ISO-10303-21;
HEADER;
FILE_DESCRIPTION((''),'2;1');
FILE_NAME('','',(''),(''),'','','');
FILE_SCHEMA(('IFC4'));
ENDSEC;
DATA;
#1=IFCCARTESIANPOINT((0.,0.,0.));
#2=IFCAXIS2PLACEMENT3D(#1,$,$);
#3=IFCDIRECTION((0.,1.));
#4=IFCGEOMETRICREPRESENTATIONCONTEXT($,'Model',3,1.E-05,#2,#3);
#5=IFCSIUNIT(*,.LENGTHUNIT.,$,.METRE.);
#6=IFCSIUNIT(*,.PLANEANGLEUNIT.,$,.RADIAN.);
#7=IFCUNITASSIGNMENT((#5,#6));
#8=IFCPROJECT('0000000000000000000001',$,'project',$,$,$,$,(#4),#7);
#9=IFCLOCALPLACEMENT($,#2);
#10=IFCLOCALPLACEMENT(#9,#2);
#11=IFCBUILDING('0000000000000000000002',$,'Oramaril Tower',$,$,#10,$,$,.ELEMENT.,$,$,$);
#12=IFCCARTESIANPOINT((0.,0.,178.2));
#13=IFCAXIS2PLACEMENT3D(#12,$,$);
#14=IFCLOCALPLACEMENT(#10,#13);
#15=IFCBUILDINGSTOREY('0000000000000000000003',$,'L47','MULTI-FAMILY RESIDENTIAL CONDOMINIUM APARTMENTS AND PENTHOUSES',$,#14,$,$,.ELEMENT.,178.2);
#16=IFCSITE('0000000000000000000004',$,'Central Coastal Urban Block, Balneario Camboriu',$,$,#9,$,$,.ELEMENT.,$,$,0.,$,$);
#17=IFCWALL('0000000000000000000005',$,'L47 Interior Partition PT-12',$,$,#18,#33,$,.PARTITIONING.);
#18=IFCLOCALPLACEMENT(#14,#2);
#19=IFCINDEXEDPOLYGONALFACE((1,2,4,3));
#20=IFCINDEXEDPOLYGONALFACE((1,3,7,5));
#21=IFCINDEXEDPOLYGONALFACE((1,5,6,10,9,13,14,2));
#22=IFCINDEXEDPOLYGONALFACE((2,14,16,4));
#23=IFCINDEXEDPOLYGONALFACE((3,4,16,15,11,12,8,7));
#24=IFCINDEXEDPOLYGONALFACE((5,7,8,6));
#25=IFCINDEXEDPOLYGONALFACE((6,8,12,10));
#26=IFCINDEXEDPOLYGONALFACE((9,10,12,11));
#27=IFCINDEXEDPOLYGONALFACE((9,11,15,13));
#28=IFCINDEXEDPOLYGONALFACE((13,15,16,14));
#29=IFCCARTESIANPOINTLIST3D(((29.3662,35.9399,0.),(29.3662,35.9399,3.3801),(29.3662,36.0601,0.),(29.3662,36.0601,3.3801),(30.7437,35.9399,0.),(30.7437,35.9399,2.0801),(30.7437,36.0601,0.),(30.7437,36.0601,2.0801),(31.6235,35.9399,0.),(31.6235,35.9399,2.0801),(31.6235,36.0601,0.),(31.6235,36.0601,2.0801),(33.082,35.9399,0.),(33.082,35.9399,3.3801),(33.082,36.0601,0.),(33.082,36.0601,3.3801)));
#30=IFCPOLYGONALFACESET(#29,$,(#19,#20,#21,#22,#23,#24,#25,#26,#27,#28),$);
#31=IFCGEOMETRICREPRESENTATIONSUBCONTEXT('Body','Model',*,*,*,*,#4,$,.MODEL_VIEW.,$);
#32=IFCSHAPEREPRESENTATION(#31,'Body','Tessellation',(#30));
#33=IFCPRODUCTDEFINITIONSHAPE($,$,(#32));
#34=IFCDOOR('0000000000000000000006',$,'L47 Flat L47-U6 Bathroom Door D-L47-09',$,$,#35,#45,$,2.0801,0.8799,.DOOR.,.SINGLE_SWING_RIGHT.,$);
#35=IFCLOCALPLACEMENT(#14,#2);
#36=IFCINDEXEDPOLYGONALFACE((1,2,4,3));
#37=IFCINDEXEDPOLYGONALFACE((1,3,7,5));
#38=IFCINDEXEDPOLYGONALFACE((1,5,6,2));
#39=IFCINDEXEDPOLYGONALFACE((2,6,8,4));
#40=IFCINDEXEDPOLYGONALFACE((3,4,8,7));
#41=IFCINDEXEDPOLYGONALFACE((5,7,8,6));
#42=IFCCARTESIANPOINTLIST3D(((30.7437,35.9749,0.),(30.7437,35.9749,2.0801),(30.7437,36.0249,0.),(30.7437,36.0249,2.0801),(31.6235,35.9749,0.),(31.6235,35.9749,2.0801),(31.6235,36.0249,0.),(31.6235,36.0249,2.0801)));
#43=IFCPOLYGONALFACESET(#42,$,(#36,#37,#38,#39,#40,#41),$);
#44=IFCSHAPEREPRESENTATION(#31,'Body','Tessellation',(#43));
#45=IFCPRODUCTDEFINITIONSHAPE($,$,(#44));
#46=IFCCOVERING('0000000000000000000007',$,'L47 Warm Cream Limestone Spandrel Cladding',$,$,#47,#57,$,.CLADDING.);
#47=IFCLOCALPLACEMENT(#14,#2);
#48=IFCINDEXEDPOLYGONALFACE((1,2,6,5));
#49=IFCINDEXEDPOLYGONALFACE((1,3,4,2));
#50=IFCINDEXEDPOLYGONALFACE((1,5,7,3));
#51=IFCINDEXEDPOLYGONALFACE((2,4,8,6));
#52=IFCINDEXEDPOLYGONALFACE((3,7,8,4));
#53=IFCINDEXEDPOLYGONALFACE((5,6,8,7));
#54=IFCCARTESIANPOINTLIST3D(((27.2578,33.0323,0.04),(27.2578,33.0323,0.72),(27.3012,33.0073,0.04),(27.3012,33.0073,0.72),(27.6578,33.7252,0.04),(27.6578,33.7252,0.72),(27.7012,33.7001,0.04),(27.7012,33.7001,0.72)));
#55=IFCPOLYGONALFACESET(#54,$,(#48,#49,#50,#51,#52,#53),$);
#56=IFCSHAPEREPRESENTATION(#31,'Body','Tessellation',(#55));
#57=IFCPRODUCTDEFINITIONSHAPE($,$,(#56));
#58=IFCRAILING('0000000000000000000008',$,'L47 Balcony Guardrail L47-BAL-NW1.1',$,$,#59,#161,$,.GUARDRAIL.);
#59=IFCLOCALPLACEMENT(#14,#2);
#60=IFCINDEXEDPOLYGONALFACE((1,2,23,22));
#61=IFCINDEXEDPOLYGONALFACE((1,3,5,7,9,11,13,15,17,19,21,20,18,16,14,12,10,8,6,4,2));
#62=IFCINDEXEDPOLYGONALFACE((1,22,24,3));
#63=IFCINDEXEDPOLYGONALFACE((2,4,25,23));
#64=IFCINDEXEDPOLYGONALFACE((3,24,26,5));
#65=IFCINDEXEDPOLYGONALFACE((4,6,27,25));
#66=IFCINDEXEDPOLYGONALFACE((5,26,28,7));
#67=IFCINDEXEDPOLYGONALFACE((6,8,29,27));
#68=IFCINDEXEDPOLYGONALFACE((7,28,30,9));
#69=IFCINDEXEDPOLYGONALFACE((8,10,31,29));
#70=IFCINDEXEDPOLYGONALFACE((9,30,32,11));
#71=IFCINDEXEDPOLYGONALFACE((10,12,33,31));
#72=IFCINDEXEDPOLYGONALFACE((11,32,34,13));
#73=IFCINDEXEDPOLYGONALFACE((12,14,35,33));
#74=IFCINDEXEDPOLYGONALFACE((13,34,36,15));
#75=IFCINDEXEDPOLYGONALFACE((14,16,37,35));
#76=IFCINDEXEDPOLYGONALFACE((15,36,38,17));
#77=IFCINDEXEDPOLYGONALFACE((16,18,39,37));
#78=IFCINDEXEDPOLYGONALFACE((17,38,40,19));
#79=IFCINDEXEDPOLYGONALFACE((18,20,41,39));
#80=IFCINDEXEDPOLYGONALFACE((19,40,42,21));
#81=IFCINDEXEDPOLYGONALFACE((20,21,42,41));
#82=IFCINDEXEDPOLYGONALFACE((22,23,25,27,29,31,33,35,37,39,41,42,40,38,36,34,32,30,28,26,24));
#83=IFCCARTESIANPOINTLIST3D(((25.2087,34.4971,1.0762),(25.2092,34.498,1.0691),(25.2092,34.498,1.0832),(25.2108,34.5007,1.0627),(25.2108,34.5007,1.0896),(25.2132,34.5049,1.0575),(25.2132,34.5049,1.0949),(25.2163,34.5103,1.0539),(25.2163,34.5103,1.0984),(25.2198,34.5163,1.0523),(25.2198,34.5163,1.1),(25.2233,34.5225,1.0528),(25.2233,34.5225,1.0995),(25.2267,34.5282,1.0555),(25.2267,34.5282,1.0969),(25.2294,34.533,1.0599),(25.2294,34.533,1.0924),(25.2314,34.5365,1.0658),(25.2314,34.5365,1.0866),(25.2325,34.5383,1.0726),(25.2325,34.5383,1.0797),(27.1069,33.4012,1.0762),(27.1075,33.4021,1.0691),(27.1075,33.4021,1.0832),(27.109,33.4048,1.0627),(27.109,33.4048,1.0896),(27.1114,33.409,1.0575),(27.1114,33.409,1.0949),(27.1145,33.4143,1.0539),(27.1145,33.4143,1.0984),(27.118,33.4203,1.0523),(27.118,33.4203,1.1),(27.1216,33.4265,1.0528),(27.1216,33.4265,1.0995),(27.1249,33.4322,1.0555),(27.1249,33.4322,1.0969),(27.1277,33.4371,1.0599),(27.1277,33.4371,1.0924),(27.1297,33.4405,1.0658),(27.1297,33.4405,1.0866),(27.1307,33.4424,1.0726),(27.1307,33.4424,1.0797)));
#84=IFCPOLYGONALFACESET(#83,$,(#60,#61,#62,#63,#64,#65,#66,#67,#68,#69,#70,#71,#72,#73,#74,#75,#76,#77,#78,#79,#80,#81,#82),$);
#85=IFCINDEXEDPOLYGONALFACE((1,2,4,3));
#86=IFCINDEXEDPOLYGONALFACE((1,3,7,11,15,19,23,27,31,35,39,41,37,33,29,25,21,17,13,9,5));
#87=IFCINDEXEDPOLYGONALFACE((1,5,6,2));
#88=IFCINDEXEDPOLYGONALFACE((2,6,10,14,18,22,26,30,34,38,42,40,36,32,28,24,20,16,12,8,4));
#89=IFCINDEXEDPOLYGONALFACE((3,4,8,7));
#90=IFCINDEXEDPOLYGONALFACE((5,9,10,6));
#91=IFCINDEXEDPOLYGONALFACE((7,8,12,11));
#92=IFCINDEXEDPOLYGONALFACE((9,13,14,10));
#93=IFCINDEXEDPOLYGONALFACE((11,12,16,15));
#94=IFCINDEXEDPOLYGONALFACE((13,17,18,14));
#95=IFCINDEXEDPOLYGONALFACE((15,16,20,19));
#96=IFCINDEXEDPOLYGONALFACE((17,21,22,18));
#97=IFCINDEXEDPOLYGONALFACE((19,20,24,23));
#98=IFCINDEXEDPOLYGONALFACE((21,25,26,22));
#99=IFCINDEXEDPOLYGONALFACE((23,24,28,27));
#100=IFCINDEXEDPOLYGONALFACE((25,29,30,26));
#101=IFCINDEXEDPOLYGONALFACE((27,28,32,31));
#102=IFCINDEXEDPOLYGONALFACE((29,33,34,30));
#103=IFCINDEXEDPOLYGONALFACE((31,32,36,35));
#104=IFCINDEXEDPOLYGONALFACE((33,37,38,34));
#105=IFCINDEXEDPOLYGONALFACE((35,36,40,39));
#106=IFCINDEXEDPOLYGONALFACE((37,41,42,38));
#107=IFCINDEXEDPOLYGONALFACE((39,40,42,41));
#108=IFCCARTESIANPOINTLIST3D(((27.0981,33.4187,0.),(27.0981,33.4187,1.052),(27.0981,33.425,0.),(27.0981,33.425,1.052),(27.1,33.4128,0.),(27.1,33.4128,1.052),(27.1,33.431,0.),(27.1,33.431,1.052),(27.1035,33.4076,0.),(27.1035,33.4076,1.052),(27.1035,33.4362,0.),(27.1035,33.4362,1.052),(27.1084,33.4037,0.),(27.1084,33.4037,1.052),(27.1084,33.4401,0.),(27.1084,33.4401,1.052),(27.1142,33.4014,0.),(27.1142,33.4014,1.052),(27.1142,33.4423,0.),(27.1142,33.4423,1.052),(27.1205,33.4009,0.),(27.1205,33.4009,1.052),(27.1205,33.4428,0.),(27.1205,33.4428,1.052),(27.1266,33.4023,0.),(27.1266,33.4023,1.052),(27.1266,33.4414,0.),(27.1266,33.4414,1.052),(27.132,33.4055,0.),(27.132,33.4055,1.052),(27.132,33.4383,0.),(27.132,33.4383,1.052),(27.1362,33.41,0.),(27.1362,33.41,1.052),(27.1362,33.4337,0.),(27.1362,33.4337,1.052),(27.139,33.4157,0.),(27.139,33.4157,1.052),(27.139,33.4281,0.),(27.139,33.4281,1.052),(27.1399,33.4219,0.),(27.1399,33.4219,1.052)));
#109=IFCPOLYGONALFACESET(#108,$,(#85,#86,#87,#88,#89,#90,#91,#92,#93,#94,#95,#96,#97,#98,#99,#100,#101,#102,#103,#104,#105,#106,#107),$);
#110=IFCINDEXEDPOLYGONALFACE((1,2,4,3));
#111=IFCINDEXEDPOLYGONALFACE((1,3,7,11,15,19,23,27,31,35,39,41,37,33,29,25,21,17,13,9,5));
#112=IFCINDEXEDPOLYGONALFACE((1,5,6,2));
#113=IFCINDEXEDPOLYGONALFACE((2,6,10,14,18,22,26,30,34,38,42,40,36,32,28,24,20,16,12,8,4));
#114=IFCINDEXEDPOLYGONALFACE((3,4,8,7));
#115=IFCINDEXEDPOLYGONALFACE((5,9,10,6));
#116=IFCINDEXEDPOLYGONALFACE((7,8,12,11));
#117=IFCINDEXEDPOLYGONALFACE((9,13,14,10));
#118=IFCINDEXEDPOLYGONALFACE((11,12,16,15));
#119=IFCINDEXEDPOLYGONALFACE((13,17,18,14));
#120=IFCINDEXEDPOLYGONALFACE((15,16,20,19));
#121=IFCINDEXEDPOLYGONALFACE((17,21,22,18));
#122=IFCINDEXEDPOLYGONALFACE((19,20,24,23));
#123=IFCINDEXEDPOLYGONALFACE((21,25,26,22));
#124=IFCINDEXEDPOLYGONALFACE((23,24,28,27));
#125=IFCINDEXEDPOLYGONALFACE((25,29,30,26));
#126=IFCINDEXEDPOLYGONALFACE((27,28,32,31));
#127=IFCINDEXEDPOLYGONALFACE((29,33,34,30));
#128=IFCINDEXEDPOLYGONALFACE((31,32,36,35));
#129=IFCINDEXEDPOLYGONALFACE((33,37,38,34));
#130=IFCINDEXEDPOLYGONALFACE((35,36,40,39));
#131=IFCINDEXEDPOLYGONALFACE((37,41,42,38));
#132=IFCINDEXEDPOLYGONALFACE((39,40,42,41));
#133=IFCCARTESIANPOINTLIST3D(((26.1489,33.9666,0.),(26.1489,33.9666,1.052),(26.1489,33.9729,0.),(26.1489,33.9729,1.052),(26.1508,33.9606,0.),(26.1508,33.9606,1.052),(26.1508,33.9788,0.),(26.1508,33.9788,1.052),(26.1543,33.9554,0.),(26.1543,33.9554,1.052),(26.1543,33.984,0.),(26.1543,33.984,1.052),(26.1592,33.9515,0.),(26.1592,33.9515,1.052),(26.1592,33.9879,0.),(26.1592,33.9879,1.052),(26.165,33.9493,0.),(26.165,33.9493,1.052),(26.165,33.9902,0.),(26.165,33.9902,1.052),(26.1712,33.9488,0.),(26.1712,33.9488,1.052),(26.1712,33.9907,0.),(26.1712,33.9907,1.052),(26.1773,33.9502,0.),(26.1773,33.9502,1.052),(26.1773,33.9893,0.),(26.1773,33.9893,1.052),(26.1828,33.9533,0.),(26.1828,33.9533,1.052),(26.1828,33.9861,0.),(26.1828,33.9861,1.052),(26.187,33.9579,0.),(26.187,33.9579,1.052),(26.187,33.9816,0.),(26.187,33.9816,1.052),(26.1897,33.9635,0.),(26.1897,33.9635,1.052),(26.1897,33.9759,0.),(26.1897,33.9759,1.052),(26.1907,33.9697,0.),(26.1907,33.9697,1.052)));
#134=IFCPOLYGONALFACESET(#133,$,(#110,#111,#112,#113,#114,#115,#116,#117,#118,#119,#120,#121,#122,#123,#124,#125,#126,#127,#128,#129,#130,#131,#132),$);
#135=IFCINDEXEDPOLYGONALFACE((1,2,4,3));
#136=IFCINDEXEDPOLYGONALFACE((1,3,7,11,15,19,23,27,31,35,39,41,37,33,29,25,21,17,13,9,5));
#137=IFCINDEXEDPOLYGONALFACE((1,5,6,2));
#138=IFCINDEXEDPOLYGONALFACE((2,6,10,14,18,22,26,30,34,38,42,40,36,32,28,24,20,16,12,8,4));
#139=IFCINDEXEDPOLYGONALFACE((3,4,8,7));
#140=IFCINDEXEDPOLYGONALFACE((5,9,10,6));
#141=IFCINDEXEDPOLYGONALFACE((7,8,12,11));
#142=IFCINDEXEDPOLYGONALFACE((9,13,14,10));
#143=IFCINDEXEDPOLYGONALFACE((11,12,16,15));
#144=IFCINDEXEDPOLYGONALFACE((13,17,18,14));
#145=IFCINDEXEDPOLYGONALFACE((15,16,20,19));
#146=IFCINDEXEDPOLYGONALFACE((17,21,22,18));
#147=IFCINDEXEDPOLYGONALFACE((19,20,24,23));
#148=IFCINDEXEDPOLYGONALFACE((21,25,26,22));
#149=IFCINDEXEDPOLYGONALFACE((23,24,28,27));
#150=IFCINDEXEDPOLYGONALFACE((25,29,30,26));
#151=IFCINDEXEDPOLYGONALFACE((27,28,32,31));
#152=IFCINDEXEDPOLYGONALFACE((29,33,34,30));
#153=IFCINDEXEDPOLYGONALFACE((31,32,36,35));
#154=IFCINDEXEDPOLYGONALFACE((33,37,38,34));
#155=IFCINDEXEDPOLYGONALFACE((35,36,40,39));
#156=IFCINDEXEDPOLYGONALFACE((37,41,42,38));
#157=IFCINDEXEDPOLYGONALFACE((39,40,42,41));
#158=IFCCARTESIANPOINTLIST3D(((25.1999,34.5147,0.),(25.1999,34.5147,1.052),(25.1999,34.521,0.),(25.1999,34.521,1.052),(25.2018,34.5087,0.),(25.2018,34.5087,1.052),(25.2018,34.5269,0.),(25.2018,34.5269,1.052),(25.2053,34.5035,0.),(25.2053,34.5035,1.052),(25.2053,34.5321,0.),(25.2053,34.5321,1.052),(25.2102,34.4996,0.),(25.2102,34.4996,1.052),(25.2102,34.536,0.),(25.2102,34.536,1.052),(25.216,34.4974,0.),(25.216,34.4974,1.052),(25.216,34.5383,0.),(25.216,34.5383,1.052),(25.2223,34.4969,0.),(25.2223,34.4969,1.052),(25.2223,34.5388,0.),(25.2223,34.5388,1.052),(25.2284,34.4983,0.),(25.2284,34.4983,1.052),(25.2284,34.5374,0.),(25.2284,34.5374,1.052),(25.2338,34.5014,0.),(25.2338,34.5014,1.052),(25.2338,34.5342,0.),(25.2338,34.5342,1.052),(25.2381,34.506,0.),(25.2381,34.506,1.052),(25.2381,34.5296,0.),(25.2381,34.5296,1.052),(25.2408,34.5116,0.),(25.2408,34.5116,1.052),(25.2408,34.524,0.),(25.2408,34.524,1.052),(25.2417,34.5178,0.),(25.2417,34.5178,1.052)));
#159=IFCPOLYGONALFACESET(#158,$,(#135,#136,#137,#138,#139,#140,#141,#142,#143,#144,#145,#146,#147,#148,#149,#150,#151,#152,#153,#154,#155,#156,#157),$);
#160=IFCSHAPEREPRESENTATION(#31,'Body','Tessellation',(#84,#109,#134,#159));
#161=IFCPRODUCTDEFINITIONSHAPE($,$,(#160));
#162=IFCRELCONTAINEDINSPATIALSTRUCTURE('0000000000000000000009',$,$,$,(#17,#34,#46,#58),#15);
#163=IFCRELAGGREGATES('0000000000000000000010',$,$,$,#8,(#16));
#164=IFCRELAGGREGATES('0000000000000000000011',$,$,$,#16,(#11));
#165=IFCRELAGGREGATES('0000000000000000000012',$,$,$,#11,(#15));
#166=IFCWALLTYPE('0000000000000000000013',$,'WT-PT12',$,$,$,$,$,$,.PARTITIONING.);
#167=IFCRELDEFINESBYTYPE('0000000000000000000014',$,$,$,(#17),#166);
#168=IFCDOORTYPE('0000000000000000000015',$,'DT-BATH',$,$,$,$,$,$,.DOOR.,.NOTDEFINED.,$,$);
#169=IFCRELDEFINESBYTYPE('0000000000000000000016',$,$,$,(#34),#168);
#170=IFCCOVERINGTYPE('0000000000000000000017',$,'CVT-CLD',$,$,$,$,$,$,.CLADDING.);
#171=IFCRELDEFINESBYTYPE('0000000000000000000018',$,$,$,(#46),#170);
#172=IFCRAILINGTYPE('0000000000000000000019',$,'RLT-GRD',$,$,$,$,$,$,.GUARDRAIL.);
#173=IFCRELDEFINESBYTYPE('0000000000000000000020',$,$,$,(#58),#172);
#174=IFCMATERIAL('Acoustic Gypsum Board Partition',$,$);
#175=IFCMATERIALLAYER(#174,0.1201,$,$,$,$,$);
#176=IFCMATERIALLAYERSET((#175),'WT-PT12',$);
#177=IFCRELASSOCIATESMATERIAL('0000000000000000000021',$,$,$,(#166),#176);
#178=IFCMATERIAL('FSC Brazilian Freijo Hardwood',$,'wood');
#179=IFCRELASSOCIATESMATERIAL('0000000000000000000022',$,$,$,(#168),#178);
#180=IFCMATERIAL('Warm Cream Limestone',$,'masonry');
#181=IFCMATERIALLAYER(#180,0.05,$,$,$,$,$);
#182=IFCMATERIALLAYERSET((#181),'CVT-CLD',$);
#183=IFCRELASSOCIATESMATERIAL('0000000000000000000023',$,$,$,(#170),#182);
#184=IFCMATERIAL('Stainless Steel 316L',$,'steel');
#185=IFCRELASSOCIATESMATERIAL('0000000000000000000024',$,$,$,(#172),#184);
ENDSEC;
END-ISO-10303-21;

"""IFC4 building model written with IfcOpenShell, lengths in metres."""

from ifc_helpers import new_model, si_unit, direction, frame, frame_2d, origin, origin_2d, place, context, subcontext, project, spatial, rectangle, circle, extrude, material, layer, layer_set, type_object, element, fill, save


model = new_model("IFC4")

# Units and contexts
model_context = context("Model", 3, precision=1e-05, world=origin(), true_north=direction((0.0, 1.0)))
body_context = subcontext(model_context, "Body", "Model", "MODEL_VIEW")
ifc_project = project(units=[si_unit("LENGTHUNIT", "METRE"), si_unit("PLANEANGLEUNIT", "RADIAN")], contexts=[model_context])

# Site, building, storey
site_placement = place(None, origin())
site = spatial("IfcSite", under=ifc_project, at=site_placement, Name="Central Coastal Urban Block, Balneario Camboriu", CompositionType="ELEMENT", RefElevation=0.0)
building_placement = place(site_placement, origin())
building = spatial("IfcBuilding", under=site, at=building_placement, Name="Oramaril Tower", CompositionType="ELEMENT")
storey_placement = place(building_placement, frame((0.0, 0.0, 178.2)))
storey = spatial("IfcBuildingStorey", under=building, at=storey_placement, Name="L47", Description="MULTI-FAMILY RESIDENTIAL CONDOMINIUM APARTMENTS AND PENTHOUSES", CompositionType="ELEMENT", Elevation=178.2)

# Wall, opening, door
ifc_material_1 = material(Name="Acoustic Gypsum Board Partition")
ifc_layer_1 = layer(ifc_material_1, 0.1201)
ifc_layer_set_1 = layer_set([ifc_layer_1], Name="WT-PT12")
wall_type_1 = type_object("IfcWallType", Name="WT-PT12", PredefinedType="PARTITIONING", material=ifc_layer_set_1)
wall_1_placement = place(storey_placement, frame((29.3662, 36.0, 0.0), z_axis=(0.0, 0.0, 1.0), x_axis=(1.0, 0.0, 0.0)))
wall_1 = element("IfcWall", 1, at=wall_1_placement, inside=storey, type_object=wall_type_1, Name="L47 Interior Partition PT-12", PredefinedType="PARTITIONING", context=body_context, shape_type="SweptSolid", body=[
    extrude(rectangle(XDim=3.7158, YDim=0.1201, at=frame_2d((1.8579, 0.0))), origin(), (0.0, 0.0, 1.0), 3.3801),
])
opening_placement = place(wall_1_placement, frame((1.3774, 0.0, 0.0)))
opening = element("IfcOpeningElement", 2, at=opening_placement, cuts=wall_1, PredefinedType="OPENING", context=body_context, shape_type="SweptSolid", body=[
    extrude(rectangle(XDim=0.8799, YDim=2.0801, at=frame_2d((0.4399, 1.04))), frame((0.0, 0.0601, 0.0), z_axis=(0.0, -1.0, 0.0), x_axis=(1.0, 0.0, 0.0)), (0.0, 0.0, 1.0), 0.1201),
])
ifc_material_2 = material(Name="FSC Brazilian Freijo Hardwood", Category="wood")
door_type = type_object("IfcDoorType", Name="DT-BATH", OperationType="NOTDEFINED", PredefinedType="DOOR", material=ifc_material_2)
door_placement = place(opening_placement, origin())
door = element("IfcDoor", 3, at=door_placement, inside=storey, type_object=door_type, Name="L47 Flat L47-U6 Bathroom Door D-L47-09", OperationType="SINGLE_SWING_RIGHT", OverallHeight=2.0801, OverallWidth=0.8799, PredefinedType="DOOR", context=body_context, shape_type="SweptSolid", body=[
    extrude(rectangle(XDim=0.8799, YDim=2.0801, at=frame_2d((0.4399, 1.04))), frame((0.0, 0.0249, 0.0), z_axis=(0.0, -1.0, 0.0), x_axis=(1.0, 0.0, 0.0)), (0.0, 0.0, 1.0), 0.05),
])
fill(opening, door)

# Covering
ifc_material_3 = material(Name="Warm Cream Limestone", Category="masonry")
ifc_layer_2 = layer(ifc_material_3, 0.05)
ifc_layer_set_2 = layer_set([ifc_layer_2], Name="CVT-CLD")
covering_type = type_object("IfcCoveringType", Name="CVT-CLD", PredefinedType="CLADDING", material=ifc_layer_set_2)
covering_placement = place(storey_placement, frame((27.4795, 33.3662, 0.04), z_axis=(0.0, 0.0, 1.0), x_axis=(-0.5, -0.866025, 0.0)))
element("IfcCovering", 4, at=covering_placement, inside=storey, type_object=covering_type, Name="L47 Warm Cream Limestone Spandrel Cladding", PredefinedType="CLADDING", context=body_context, shape_type="SweptSolid", body=[
    extrude(rectangle(XDim=0.8, YDim=0.05, at=origin_2d()), origin(), (0.0, 0.0, 1.0), 0.6799),
])

# Railing
ifc_material_4 = material(Name="Stainless Steel 316L", Category="steel")
railing_type = type_object("IfcRailingType", Name="RLT-GRD", PredefinedType="GUARDRAIL", material=ifc_material_4)
railing_1_placement = place(storey_placement, frame((27.1189, 33.4219, 0.0)))
element("IfcRailing", 5, at=railing_1_placement, inside=storey, type_object=railing_type, Name="L47 Balcony Guardrail L47-BAL-NW1.1", PredefinedType="GUARDRAIL", context=body_context, shape_type="SweptSolid", body=[
    extrude(circle(Radius=0.0239, at=origin_2d()), frame((0.0, 0.0, 1.0762), z_axis=(-0.866021, 0.500008, 0.0), x_axis=(-0.500008, -0.866021, 0.0)), (0.0, 0.0, 1.0), 2.1919),
    extrude(circle(Radius=0.021, at=origin_2d()), origin(), (0.0, 0.0, 1.0), 1.052),
    extrude(circle(Radius=0.021, at=origin_2d()), frame((-0.9492, 0.5479, 0.0)), (0.0, 0.0, 1.0), 1.052),
    extrude(circle(Radius=0.021, at=origin_2d()), frame((-1.8982, 1.0959, 0.0)), (0.0, 0.0, 1.0), 1.052),
])

save(model, "model.ifc")
